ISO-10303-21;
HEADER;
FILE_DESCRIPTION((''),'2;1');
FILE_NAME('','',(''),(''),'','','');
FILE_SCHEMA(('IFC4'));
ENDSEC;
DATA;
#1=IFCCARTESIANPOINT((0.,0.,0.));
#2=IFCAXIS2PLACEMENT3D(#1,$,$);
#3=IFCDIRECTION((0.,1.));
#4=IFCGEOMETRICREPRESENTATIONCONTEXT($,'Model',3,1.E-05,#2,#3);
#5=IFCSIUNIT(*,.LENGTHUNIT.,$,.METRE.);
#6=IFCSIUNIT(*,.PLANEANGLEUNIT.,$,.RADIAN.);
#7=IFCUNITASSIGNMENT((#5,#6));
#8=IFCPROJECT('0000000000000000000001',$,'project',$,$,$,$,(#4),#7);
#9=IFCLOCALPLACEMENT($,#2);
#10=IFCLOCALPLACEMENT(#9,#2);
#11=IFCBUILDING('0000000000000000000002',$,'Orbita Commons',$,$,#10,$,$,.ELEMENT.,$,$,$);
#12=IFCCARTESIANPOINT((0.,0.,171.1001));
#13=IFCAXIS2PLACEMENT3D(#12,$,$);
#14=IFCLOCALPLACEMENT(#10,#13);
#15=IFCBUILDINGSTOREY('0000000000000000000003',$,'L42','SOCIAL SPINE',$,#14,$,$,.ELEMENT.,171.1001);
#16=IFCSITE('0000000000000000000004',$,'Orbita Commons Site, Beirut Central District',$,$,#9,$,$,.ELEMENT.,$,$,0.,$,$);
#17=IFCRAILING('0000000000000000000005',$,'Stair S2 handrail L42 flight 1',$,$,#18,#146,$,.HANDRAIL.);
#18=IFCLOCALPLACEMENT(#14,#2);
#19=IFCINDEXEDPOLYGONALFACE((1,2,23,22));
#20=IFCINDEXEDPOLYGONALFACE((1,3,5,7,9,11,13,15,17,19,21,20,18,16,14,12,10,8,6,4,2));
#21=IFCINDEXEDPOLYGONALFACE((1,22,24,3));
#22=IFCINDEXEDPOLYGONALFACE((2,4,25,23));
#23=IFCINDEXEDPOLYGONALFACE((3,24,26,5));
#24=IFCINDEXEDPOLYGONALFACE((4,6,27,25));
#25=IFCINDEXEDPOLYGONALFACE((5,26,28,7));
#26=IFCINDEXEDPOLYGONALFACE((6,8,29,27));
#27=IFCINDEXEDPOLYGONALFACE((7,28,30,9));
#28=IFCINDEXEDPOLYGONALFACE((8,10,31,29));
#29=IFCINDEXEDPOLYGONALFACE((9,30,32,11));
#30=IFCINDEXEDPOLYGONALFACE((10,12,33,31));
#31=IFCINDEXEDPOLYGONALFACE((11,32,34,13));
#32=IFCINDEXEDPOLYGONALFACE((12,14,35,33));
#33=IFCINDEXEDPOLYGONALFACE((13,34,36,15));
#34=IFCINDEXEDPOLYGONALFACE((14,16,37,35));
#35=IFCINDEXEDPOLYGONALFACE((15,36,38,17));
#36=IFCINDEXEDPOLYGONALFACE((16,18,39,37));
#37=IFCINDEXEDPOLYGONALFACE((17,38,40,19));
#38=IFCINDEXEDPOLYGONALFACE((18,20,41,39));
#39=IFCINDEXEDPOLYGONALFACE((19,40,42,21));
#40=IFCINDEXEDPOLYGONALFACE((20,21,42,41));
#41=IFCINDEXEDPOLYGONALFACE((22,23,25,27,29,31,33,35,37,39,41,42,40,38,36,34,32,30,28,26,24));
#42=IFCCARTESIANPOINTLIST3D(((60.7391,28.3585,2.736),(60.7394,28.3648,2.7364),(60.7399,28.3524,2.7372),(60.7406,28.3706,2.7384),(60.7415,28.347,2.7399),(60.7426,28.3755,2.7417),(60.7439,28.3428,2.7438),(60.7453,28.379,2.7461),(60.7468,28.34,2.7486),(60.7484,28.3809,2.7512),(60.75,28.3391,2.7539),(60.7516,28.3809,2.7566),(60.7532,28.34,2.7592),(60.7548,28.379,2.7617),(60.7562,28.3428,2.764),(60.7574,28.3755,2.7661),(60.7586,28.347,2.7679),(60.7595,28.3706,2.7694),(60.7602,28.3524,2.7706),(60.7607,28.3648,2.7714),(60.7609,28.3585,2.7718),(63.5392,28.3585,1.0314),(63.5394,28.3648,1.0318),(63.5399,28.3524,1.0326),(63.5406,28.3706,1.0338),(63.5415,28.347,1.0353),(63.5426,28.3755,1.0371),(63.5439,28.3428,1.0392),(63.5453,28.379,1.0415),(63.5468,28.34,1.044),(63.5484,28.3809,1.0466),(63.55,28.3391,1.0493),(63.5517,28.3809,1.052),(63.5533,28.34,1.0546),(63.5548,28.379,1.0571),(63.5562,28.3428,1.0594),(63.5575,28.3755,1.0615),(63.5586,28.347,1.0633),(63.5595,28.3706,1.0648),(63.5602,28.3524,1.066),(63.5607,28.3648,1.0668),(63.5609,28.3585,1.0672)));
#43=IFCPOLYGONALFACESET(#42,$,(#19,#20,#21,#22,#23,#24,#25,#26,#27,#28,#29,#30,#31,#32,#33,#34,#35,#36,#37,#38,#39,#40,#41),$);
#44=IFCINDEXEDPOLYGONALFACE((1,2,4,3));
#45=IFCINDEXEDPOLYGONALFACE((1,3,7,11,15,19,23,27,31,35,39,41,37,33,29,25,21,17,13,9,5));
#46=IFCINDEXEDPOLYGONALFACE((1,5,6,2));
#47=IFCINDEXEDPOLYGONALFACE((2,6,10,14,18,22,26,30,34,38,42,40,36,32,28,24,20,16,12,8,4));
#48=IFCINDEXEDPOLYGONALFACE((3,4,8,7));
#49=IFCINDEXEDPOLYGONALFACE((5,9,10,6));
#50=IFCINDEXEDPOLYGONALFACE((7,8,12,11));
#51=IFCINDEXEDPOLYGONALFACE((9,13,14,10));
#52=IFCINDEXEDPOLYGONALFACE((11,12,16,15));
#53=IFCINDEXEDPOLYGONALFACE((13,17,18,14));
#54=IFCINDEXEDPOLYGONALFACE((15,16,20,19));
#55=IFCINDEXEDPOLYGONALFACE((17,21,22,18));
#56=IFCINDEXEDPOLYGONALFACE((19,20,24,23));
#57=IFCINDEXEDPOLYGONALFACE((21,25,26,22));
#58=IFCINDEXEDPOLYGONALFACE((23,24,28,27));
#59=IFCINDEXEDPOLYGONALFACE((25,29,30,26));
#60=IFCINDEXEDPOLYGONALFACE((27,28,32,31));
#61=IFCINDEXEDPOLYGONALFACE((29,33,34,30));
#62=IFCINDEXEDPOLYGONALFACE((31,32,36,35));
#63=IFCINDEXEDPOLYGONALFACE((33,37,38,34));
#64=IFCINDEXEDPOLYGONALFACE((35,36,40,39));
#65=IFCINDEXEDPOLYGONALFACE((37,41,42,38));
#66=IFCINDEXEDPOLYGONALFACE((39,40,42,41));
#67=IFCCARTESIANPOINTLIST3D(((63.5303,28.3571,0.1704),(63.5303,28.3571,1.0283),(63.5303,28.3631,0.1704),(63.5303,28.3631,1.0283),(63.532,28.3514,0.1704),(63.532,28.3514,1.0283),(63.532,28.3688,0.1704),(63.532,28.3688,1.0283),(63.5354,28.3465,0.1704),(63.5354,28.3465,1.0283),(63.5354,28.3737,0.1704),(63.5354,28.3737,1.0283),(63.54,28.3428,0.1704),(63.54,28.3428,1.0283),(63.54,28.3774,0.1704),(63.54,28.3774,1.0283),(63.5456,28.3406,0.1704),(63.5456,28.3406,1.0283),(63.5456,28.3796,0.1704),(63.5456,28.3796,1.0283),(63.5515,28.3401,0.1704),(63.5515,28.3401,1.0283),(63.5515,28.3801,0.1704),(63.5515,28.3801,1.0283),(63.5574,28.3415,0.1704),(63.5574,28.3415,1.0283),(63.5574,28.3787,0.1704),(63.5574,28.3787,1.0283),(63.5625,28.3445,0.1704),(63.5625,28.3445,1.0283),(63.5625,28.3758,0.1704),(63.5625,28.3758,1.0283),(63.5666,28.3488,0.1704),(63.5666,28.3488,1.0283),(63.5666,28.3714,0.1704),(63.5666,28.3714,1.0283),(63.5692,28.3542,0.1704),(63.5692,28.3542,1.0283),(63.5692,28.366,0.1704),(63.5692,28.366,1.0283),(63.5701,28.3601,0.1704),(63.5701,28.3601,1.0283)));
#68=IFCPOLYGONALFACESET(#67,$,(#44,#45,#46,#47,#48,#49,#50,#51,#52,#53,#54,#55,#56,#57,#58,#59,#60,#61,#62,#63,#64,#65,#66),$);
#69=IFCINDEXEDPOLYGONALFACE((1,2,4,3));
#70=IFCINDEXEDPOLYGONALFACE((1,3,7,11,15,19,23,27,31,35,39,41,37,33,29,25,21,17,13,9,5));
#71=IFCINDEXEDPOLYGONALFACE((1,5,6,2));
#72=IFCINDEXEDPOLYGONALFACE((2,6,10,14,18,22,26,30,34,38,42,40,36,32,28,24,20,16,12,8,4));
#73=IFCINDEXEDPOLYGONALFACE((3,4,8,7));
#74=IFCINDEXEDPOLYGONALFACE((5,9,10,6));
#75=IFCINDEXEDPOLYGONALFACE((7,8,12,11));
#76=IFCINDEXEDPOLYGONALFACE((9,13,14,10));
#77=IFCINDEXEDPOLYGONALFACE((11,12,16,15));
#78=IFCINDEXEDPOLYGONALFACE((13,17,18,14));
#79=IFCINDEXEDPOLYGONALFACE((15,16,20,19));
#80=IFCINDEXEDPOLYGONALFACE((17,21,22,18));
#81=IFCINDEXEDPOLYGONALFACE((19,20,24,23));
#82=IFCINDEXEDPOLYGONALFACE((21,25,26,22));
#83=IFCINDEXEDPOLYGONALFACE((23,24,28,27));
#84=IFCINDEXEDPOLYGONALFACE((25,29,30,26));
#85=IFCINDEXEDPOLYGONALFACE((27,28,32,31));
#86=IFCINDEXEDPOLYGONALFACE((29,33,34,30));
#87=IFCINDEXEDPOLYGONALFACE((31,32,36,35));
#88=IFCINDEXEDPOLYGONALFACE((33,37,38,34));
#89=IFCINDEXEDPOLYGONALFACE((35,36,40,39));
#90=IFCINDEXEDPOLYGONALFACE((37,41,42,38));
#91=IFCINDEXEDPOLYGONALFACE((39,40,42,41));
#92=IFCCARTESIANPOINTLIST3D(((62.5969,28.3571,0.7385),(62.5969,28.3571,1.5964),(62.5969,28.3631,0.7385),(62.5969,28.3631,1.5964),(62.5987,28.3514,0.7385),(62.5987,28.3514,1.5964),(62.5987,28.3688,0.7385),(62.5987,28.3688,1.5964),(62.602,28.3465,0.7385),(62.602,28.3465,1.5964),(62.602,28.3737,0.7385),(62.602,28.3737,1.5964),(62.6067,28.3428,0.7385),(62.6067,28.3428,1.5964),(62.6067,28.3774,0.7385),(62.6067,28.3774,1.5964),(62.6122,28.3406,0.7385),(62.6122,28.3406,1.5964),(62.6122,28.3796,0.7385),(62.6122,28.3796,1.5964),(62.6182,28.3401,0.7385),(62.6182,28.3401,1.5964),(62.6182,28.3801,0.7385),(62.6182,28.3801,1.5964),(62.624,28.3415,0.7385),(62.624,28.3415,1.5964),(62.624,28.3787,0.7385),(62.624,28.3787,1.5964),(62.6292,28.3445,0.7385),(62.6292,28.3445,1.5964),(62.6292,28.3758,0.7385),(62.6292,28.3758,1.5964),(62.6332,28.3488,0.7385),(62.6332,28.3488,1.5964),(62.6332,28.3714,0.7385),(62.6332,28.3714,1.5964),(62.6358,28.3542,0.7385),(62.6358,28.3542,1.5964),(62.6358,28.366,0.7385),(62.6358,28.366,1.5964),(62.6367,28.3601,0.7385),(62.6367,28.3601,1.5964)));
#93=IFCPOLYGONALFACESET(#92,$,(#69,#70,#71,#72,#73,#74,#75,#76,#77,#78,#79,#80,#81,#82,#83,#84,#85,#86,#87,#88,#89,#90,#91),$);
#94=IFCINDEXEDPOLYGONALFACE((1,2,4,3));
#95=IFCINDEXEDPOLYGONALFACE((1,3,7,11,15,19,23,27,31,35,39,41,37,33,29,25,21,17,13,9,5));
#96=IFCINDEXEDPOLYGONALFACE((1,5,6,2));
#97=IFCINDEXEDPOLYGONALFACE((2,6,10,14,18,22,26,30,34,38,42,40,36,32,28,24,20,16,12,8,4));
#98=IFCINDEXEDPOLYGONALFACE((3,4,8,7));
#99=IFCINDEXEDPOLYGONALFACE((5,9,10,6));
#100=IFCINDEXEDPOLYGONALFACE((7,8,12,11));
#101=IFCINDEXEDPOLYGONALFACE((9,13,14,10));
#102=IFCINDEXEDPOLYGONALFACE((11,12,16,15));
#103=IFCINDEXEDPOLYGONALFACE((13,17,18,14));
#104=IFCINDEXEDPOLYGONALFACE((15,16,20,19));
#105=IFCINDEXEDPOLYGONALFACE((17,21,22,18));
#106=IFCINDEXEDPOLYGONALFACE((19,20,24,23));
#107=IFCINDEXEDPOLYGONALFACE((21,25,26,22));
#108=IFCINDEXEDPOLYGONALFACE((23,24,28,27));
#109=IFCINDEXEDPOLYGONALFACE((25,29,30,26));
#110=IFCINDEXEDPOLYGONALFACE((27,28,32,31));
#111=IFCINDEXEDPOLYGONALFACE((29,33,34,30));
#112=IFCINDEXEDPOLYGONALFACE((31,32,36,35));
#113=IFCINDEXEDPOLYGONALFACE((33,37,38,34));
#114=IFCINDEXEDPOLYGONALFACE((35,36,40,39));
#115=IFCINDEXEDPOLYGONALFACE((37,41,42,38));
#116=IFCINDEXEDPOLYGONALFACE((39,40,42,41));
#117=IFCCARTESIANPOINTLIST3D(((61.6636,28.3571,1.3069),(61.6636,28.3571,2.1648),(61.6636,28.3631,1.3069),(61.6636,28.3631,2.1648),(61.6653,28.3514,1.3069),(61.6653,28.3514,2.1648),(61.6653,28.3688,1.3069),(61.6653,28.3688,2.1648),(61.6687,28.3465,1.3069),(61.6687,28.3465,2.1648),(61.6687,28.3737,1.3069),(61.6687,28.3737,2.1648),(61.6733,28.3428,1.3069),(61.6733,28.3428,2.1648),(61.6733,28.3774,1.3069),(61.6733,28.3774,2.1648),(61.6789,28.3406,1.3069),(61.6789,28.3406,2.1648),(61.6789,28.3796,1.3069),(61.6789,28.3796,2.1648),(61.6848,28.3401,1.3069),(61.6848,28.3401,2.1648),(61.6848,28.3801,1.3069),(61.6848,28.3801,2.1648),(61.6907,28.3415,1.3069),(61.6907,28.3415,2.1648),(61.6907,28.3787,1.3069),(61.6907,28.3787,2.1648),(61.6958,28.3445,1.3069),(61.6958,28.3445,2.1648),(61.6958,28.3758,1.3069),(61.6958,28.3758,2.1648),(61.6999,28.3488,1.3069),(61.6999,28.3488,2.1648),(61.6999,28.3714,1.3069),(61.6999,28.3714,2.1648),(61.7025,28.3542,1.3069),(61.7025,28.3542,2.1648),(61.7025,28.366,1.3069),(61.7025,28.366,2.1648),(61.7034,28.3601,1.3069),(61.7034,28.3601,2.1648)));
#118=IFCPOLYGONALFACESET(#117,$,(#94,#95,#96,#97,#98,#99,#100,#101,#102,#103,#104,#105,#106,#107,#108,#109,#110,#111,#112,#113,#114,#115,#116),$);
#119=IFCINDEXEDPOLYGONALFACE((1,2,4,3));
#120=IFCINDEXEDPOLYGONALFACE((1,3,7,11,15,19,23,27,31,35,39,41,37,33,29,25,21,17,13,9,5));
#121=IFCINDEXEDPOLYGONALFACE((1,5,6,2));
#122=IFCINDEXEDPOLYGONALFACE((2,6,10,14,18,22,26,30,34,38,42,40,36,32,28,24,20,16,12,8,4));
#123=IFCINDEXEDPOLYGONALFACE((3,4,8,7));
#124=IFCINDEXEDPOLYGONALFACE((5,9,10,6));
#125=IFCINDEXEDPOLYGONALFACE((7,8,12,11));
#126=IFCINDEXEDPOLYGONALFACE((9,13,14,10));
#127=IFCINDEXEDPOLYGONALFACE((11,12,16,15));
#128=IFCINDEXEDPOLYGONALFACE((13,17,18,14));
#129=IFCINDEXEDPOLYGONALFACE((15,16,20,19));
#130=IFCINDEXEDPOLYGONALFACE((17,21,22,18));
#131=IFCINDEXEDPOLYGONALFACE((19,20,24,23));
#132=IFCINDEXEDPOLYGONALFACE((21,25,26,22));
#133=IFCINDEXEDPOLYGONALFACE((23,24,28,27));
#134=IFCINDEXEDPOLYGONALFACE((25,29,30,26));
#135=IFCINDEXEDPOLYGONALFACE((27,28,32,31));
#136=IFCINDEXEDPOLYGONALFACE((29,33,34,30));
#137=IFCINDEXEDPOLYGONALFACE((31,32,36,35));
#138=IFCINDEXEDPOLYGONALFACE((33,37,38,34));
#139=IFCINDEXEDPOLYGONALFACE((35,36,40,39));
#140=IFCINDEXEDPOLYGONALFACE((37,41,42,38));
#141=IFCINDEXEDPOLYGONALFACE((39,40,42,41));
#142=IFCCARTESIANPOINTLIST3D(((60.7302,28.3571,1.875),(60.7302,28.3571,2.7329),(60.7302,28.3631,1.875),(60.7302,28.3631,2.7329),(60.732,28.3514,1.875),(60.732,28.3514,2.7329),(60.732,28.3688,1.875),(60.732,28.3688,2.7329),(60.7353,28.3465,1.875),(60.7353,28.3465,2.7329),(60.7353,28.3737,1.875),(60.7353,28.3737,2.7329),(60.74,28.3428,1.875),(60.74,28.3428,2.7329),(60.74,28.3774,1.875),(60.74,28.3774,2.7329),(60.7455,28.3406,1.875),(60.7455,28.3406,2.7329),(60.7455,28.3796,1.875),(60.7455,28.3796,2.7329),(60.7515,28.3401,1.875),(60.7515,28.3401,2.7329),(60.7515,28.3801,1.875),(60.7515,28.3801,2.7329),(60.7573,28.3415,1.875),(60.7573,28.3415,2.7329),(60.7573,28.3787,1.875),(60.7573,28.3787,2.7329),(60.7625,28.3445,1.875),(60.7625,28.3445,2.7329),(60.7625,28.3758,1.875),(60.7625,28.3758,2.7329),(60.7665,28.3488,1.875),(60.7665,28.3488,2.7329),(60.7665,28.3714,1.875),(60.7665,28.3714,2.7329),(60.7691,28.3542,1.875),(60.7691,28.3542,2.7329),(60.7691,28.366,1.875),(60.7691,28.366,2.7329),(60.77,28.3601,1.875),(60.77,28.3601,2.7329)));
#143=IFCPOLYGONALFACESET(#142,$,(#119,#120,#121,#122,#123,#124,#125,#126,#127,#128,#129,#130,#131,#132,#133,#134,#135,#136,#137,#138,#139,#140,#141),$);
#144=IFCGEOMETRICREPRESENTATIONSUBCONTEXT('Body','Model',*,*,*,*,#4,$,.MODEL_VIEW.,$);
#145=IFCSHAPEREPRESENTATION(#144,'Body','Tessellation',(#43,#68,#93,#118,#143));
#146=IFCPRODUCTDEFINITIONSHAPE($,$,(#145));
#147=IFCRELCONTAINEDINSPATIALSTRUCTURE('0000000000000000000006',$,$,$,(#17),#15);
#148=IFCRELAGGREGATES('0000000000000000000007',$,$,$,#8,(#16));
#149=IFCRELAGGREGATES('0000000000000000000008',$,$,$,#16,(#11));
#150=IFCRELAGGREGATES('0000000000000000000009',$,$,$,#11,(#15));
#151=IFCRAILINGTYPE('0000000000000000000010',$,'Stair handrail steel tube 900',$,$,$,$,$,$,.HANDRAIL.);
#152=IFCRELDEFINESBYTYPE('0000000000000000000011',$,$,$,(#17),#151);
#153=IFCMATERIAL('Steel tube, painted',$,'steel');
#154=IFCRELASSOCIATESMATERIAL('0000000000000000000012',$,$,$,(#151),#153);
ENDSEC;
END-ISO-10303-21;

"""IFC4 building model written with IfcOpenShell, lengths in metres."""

from ifc_helpers import new_model, si_unit, direction, frame, origin, origin_2d, place, context, subcontext, project, spatial, circle, extrude, material, type_object, element, save


model = new_model("IFC4")

# Units and contexts
model_context = context("Model", 3, precision=1e-05, world=origin(), true_north=direction((0.0, 1.0)))
body_context = subcontext(model_context, "Body", "Model", "MODEL_VIEW")
ifc_project = project(units=[si_unit("LENGTHUNIT", "METRE"), si_unit("PLANEANGLEUNIT", "RADIAN")], contexts=[model_context])

# Site, building, storey
site_placement = place(None, origin())
site = spatial("IfcSite", under=ifc_project, at=site_placement, Name="Orbita Commons Site, Beirut Central District", CompositionType="ELEMENT", RefElevation=0.0)
building_placement = place(site_placement, origin())
building = spatial("IfcBuilding", under=site, at=building_placement, Name="Orbita Commons", CompositionType="ELEMENT")
storey_placement = place(building_placement, frame((0.0, 0.0, 171.1001)))
storey = spatial("IfcBuildingStorey", under=building, at=storey_placement, Name="L42", Description="SOCIAL SPINE", CompositionType="ELEMENT", Elevation=171.1001)

# Railing
ifc_material_1 = material(Name="Steel tube, painted", Category="steel")
railing_type = type_object("IfcRailingType", Name="Stair handrail steel tube 900", PredefinedType="HANDRAIL", material=ifc_material_1)
for number, where, name in (
    (1, (63.55, 28.3601, 0.1704), "Stair S2 handrail L42 flight 1"),
):
    element("IfcRailing", number, at=place(storey_placement, frame(where)), inside=storey, type_object=railing_type, Name=name, PredefinedType="HANDRAIL", context=body_context, shape_type="SweptSolid", body=[
        extrude(circle(Radius=0.021, at=origin_2d()), frame((0.0, 0.0, 0.8789), z_axis=(-0.85417, 0.0, 0.519994), x_axis=(0.0, -1.0, 0.0)), (0.0, 0.0, 1.0), 3.2781),
        extrude(circle(Radius=0.02, at=origin_2d()), origin(), (0.0, 0.0, 1.0), 0.8579),
        extrude(circle(Radius=0.02, at=origin_2d()), frame((-0.9333, 0.0, 0.5681)), (0.0, 0.0, 1.0), 0.8579),
        extrude(circle(Radius=0.02, at=origin_2d()), frame((-1.8667, 0.0, 1.1365)), (0.0, 0.0, 1.0), 0.8579),
        extrude(circle(Radius=0.02, at=origin_2d()), frame((-2.8, 0.0, 1.7046)), (0.0, 0.0, 1.0), 0.8579),
    ])

save(model, "model.ifc")
